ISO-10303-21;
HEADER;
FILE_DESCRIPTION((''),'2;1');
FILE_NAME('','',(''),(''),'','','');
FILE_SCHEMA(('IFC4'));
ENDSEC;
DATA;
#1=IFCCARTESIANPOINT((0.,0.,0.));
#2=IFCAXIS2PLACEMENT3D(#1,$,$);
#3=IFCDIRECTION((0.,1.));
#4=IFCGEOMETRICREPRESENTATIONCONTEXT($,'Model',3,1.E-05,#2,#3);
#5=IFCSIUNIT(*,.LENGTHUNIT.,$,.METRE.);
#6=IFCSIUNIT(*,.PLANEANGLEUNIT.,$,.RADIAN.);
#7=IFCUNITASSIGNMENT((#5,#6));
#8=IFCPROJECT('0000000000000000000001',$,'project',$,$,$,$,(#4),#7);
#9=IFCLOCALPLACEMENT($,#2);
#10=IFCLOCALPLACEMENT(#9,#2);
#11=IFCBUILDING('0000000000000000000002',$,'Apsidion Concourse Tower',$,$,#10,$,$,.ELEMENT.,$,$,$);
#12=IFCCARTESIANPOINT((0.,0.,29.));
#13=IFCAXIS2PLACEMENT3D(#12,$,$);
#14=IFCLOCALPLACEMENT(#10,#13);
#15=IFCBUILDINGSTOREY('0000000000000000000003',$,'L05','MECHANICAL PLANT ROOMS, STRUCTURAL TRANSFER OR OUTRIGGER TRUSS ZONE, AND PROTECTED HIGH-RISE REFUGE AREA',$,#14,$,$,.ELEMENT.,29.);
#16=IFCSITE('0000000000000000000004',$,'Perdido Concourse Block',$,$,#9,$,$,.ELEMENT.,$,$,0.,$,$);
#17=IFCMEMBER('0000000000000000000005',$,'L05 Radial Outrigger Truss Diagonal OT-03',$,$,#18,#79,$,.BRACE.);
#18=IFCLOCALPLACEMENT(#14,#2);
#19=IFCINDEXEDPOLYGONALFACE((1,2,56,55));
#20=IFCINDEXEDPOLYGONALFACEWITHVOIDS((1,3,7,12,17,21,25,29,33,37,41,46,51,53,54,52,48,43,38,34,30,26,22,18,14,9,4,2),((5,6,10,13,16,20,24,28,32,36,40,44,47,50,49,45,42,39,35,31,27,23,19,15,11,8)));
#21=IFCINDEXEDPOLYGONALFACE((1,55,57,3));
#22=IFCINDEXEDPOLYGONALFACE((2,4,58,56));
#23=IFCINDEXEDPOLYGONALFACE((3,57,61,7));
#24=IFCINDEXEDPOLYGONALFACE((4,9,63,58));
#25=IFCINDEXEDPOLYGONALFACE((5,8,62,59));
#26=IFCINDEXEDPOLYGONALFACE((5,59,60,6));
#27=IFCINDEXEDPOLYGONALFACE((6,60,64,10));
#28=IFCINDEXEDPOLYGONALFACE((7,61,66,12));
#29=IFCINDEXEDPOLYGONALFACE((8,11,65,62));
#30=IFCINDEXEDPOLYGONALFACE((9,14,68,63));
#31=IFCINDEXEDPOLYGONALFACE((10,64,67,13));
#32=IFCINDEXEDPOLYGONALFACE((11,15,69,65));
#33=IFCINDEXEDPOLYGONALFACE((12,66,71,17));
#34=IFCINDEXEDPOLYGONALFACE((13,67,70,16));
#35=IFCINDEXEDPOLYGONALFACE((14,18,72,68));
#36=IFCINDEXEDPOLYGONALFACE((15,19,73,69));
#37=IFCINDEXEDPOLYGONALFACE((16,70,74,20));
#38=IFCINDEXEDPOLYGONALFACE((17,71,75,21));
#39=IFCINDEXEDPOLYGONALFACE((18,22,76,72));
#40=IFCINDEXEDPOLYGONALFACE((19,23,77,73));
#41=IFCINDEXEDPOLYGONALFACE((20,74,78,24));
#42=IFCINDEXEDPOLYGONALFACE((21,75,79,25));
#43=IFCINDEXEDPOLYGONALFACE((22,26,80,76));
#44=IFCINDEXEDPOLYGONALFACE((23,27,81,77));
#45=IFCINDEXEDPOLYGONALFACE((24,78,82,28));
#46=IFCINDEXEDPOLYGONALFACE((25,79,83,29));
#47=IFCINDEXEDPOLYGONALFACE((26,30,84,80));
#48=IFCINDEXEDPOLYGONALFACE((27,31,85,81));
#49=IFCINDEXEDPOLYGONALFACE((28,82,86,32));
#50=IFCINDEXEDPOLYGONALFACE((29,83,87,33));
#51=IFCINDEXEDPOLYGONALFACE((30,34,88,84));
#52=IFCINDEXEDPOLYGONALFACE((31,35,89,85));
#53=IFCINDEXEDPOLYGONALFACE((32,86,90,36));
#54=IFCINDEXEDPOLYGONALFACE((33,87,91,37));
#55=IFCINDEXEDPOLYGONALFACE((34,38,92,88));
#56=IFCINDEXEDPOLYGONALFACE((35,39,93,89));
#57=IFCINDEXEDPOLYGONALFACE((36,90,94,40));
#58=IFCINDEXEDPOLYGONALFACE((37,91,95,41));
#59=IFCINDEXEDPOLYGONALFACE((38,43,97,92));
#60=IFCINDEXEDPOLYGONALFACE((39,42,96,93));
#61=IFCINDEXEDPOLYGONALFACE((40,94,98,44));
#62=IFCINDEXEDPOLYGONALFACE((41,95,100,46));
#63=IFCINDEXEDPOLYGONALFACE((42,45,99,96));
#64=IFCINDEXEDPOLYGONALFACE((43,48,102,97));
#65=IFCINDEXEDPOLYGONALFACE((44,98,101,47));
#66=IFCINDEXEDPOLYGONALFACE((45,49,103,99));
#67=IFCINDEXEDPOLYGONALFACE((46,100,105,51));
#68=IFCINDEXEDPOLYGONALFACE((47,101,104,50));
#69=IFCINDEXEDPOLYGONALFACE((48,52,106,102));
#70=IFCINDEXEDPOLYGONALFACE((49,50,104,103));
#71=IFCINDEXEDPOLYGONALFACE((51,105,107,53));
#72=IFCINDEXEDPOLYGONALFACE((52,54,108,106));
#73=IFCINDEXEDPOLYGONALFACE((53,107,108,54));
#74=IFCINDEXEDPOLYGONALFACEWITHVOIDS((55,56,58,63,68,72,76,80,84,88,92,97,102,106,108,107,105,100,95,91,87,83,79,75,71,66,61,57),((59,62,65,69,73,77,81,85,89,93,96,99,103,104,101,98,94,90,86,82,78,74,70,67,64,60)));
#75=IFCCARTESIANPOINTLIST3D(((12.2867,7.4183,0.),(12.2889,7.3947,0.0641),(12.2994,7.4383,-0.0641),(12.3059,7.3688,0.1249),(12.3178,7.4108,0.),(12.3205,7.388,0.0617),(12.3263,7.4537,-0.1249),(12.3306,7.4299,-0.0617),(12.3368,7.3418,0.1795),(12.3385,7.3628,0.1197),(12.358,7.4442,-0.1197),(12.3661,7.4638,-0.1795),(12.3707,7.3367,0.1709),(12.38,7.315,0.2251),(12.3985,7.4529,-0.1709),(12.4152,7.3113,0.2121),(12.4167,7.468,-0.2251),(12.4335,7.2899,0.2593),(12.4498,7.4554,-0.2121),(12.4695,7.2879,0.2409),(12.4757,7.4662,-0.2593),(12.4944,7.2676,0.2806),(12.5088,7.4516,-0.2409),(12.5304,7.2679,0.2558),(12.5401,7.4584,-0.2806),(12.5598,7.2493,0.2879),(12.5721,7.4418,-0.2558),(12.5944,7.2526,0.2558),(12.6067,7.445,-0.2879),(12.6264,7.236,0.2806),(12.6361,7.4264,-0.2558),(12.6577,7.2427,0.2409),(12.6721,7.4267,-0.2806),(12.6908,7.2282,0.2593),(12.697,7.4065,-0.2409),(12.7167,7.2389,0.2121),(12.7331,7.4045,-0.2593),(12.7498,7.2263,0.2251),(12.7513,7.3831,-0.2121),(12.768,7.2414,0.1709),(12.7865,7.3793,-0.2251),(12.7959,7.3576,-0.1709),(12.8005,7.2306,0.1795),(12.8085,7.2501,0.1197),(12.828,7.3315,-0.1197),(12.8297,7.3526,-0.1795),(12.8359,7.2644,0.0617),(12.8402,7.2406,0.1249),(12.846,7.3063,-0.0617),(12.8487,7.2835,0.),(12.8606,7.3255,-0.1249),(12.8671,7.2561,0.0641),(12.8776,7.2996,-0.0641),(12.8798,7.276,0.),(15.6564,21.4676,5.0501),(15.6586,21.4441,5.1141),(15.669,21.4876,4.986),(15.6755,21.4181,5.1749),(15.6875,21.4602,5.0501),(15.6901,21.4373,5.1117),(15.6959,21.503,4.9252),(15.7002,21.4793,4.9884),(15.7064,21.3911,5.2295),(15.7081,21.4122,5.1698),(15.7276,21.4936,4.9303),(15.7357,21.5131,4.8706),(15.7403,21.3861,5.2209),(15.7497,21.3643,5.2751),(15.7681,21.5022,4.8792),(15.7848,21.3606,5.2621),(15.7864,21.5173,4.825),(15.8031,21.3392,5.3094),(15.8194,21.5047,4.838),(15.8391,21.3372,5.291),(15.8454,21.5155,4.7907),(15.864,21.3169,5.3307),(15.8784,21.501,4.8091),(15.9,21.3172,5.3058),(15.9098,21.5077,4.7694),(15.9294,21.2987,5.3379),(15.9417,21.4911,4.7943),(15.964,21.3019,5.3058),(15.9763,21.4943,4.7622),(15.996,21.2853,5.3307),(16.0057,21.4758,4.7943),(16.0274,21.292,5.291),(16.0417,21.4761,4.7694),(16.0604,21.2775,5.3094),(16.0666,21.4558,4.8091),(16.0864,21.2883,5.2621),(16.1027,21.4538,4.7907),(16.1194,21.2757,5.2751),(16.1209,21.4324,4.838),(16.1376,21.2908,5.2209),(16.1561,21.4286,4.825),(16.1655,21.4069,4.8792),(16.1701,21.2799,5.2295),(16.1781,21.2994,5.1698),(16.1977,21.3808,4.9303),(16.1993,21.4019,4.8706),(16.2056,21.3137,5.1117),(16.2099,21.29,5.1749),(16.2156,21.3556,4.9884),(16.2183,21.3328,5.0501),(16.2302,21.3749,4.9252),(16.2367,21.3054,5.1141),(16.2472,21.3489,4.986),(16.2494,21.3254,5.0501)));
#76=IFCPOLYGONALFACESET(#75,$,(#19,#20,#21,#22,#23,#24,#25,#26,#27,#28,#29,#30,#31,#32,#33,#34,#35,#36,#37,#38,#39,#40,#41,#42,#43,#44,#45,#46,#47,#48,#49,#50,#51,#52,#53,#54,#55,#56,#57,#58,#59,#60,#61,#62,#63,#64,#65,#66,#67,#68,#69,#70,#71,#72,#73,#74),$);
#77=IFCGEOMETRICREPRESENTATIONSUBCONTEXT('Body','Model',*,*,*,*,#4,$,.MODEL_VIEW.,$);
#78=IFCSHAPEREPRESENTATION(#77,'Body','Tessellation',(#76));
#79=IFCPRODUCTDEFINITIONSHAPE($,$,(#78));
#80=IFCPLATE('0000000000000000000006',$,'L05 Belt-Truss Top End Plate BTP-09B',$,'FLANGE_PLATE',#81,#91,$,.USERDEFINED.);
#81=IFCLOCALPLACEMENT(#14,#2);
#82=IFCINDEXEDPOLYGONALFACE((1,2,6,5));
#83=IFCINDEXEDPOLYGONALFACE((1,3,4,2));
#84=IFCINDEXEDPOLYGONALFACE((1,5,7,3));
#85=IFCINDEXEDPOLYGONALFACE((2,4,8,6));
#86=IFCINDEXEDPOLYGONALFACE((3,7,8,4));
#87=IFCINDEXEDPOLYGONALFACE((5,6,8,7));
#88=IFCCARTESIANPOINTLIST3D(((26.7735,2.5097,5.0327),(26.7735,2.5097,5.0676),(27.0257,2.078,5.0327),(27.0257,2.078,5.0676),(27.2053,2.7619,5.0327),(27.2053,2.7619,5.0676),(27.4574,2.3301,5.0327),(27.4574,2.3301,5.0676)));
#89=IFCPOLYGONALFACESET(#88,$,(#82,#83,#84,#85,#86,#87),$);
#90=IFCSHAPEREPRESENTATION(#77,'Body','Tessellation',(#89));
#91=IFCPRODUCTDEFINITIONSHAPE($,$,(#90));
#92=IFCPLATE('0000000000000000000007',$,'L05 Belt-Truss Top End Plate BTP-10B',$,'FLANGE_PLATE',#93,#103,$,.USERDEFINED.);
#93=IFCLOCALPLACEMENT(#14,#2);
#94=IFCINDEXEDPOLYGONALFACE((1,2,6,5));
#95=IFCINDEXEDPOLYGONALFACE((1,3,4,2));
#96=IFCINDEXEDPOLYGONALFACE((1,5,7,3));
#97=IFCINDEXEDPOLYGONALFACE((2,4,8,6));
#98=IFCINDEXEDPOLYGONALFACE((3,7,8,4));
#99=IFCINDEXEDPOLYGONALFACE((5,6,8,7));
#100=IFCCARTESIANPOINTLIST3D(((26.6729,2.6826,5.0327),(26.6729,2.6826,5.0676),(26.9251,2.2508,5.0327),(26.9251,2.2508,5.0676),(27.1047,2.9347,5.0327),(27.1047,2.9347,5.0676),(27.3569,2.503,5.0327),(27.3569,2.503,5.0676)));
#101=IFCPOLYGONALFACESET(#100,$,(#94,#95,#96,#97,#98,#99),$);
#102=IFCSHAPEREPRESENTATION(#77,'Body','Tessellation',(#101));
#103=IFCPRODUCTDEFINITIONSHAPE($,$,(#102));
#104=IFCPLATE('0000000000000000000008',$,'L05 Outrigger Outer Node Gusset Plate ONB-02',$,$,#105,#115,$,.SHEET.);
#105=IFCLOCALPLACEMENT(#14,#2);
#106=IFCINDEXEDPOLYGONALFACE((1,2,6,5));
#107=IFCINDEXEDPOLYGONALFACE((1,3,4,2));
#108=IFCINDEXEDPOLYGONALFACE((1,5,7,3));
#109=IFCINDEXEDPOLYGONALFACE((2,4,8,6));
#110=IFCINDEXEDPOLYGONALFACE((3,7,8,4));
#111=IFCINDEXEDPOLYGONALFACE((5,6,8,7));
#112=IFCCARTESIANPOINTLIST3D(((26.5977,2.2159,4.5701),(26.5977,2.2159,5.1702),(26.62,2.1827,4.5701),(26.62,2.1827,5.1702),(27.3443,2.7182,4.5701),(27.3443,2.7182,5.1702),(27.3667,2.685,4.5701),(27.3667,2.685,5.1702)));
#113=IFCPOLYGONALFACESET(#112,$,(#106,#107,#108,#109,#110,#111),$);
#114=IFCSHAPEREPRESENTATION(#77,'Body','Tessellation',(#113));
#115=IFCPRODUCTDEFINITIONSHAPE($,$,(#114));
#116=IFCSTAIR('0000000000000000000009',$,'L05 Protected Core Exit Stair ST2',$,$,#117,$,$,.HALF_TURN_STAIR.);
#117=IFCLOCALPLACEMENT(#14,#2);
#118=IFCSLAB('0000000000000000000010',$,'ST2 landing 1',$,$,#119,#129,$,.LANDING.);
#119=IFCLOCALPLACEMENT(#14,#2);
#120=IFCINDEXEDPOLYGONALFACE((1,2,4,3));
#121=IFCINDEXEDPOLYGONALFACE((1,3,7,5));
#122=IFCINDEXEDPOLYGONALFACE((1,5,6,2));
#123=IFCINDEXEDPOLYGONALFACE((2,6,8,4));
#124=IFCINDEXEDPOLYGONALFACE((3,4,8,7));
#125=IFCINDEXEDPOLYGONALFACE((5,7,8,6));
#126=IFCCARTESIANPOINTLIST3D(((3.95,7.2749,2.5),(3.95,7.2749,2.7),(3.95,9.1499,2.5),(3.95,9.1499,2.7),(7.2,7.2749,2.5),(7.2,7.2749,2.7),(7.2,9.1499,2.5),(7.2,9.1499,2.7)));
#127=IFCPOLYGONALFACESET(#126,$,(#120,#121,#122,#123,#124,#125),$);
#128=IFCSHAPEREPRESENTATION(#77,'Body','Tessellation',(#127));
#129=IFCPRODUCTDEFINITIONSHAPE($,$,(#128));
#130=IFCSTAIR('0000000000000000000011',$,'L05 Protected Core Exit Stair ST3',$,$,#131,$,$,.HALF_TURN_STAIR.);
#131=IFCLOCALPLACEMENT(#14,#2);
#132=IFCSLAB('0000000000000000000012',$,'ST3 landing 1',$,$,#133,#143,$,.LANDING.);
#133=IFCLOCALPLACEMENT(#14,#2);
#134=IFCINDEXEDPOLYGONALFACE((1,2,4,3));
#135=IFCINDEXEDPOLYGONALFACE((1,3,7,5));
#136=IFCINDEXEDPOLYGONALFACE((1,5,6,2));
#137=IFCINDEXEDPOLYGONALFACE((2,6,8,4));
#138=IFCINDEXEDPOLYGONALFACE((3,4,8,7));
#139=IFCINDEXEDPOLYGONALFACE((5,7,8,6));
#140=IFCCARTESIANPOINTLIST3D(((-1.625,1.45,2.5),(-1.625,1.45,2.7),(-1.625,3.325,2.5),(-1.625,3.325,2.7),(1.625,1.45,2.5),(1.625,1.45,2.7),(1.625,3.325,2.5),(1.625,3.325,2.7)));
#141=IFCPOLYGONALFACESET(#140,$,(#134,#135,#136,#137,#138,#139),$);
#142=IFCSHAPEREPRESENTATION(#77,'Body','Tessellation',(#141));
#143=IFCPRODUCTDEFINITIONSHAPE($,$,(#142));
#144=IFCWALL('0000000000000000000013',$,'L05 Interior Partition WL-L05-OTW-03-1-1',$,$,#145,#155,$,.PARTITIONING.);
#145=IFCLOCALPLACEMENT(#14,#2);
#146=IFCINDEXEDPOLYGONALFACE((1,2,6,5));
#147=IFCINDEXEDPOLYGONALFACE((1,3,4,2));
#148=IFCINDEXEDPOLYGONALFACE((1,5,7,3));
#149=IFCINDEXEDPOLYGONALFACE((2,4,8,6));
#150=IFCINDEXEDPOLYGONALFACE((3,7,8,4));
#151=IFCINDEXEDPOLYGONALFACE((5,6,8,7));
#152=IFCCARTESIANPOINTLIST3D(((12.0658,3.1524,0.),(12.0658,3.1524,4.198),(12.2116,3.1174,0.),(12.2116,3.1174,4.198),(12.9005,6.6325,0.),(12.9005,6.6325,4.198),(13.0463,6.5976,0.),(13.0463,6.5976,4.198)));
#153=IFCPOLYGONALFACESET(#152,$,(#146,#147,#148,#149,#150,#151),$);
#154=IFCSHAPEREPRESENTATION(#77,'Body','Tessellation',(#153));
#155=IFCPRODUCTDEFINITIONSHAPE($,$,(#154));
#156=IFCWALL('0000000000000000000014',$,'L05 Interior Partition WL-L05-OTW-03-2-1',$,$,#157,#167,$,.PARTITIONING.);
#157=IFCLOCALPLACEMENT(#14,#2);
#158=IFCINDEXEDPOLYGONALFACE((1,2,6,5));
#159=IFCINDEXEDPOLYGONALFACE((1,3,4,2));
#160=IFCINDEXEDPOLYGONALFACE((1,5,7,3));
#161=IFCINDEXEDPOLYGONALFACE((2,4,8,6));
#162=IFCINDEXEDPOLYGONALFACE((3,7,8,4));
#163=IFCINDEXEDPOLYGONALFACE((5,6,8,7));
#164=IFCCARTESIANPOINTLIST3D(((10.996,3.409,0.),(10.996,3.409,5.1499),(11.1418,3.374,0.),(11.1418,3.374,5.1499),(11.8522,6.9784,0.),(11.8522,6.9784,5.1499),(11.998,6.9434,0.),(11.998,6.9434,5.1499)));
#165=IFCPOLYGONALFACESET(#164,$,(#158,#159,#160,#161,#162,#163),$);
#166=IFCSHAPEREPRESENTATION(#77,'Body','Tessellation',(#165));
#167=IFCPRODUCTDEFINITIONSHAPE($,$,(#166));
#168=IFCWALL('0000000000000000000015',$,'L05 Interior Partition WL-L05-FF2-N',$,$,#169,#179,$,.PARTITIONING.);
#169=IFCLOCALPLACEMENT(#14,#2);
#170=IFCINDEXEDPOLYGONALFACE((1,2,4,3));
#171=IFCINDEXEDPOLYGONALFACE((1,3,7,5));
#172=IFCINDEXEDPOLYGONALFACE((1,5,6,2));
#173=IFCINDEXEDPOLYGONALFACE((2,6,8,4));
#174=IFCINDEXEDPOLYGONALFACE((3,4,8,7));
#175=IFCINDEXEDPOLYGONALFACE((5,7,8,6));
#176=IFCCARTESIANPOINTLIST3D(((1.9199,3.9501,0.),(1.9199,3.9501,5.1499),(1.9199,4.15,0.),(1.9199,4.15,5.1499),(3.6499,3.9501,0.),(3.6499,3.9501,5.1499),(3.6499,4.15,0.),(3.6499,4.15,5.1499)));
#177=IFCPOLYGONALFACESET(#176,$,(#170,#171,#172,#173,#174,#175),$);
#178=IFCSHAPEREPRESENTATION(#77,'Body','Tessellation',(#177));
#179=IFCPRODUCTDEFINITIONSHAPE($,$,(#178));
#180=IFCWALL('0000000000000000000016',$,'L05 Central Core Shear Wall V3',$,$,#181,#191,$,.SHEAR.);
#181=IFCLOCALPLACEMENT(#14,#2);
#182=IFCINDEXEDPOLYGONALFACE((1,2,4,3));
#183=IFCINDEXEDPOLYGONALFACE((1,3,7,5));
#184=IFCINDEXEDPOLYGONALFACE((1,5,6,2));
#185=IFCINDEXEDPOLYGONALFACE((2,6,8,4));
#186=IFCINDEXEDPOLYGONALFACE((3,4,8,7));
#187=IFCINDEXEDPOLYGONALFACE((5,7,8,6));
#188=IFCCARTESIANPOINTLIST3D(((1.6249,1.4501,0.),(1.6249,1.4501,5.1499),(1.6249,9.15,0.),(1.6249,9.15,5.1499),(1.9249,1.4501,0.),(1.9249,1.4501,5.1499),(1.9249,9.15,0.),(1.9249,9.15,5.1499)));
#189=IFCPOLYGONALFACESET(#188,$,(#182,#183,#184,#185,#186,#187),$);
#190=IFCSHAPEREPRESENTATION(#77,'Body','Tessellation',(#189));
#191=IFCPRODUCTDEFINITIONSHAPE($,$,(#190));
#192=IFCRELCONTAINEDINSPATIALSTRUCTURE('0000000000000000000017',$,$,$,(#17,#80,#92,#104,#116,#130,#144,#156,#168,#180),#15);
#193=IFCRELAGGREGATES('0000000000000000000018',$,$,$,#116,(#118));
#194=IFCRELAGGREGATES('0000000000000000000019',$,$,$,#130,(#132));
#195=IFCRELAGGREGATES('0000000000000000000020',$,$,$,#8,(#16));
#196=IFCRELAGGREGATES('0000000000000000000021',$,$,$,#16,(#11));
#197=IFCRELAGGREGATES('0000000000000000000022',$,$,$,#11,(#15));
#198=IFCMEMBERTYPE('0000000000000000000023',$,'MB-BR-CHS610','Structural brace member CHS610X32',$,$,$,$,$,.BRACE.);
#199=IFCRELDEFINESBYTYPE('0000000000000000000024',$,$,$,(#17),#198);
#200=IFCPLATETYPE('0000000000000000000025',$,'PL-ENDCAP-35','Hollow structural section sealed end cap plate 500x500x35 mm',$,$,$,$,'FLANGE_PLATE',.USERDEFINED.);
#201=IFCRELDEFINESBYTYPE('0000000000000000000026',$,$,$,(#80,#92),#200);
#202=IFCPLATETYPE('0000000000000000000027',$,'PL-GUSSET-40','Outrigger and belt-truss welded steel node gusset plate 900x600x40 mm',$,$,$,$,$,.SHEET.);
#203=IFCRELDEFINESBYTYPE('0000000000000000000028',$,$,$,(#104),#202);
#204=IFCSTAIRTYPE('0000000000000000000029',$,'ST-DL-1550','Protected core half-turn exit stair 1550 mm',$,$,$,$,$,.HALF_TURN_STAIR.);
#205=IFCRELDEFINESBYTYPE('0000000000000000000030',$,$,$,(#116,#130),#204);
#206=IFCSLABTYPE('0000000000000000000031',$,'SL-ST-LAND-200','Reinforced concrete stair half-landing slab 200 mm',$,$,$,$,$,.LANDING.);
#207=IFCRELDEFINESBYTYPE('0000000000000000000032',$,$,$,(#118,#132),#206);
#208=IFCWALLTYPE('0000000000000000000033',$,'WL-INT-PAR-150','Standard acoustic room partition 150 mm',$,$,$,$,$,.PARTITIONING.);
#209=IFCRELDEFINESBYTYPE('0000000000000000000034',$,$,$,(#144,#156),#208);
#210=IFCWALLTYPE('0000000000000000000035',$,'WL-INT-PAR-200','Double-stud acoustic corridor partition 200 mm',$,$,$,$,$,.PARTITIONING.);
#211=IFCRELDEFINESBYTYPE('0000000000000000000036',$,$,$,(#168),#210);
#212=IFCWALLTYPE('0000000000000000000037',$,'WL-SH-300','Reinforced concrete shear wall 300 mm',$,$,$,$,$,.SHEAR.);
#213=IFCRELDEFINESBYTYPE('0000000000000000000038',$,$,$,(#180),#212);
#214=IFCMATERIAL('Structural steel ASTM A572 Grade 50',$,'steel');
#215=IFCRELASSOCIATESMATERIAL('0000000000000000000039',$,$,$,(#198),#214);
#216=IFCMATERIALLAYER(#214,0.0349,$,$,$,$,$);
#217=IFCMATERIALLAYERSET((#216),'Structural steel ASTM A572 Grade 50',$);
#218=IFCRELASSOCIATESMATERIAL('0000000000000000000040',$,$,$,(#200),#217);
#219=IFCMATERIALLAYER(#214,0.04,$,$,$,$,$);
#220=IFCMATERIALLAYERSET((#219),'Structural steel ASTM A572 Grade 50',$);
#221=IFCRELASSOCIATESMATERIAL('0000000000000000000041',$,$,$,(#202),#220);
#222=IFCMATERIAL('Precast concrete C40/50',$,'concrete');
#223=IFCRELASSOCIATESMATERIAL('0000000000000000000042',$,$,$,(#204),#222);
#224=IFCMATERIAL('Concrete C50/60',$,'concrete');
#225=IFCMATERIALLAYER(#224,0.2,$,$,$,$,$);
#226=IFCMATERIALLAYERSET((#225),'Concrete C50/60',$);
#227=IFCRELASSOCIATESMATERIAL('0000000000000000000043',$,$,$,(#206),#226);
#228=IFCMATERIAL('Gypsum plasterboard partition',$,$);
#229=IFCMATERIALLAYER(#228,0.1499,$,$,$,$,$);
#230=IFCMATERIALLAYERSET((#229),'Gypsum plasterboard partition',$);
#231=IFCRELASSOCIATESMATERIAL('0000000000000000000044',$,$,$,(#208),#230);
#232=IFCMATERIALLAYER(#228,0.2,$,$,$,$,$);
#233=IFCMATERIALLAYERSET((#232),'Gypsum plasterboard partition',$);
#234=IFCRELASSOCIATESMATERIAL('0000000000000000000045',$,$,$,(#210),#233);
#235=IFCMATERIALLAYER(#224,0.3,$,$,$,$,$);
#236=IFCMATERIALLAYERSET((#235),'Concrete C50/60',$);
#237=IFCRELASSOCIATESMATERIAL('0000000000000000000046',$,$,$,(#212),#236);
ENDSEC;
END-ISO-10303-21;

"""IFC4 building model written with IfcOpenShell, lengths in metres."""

from ifc_helpers import new_model, si_unit, direction, frame, frame_2d, origin, origin_2d, place, context, subcontext, project, spatial, polyline, rectangle, hollow_circle, outline, extrude, material, layer, layer_set, material_profile, profile_set, type_object, element, aggregate, save


model = new_model("IFC4")

# Units and contexts
model_context = context("Model", 3, precision=1e-05, world=origin(), true_north=direction((0.0, 1.0)))
body_context = subcontext(model_context, "Body", "Model", "MODEL_VIEW")
ifc_project = project(units=[si_unit("LENGTHUNIT", "METRE"), si_unit("PLANEANGLEUNIT", "RADIAN")], contexts=[model_context])

# Site, building, storey
site_placement = place(None, origin())
site = spatial("IfcSite", under=ifc_project, at=site_placement, Name="Perdido Concourse Block", CompositionType="ELEMENT", RefElevation=0.0)
building_placement = place(site_placement, origin())
building = spatial("IfcBuilding", under=site, at=building_placement, Name="Apsidion Concourse Tower", CompositionType="ELEMENT")
storey_placement = place(building_placement, frame((0.0, 0.0, 29.0)))
storey = spatial("IfcBuildingStorey", under=building, at=storey_placement, Name="L05", Description="MECHANICAL PLANT ROOMS, STRUCTURAL TRANSFER OR OUTRIGGER TRUSS ZONE, AND PROTECTED HIGH-RISE REFUGE AREA", CompositionType="ELEMENT", Elevation=29.0)

# Shared definitions
ifc_material_1 = material(Name="Structural steel ASTM A572 Grade 50", Category="steel")
ifc_material_2 = material(Name="Concrete C50/60", Category="concrete")

# Member
ifc_material_profile_1 = material_profile(ifc_material_1, hollow_circle(Radius=0.3049, WallThickness=0.032, at=origin_2d()), Name="CHS610X32")
ifc_profile_set_1 = profile_set([ifc_material_profile_1], Name="Structural steel ASTM A572 Grade 50")
member_type = type_object("IfcMemberType", Name="MB-BR-CHS610", Description="Structural brace member CHS610X32", PredefinedType="BRACE", material=ifc_profile_set_1)
member_placement = place(storey_placement, frame((12.5833, 7.3472, 0.0), z_axis=(0.220166, 0.917961, 0.329962), x_axis=(-0.972422, 0.233229, 0.0)))
element("IfcMember", 1, at=member_placement, inside=storey, type_object=member_type, Name="L05 Radial Outrigger Truss Diagonal OT-03", PredefinedType="BRACE", context=body_context, shape_type="SweptSolid", body=[
    extrude(hollow_circle(Radius=0.3049, WallThickness=0.032, at=origin_2d()), origin(), (0.0, 0.0, 1.0), 15.3049),
])

# Plates
ifc_layer_1 = layer(ifc_material_1, 0.0349)
ifc_layer_set_1 = layer_set([ifc_layer_1], Name="Structural steel ASTM A572 Grade 50")
plate_type_1 = type_object("IfcPlateType", Name="PL-ENDCAP-35", Description="Hollow structural section sealed end cap plate 500x500x35 mm", ElementType="FLANGE_PLATE", PredefinedType="USERDEFINED", material=ifc_layer_set_1)
for number, where, z_axis, x_axis, name in (
    (2, (27.1155, 2.4199, 5.0327), (0.0, 0.0, 1.0), (-0.504377, 0.863484, 0.0), "L05 Belt-Truss Top End Plate BTP-09B"),
    (3, (27.0149, 2.5928, 5.0327), (0.0, 0.0, 1.0), (-0.504377, 0.863484, 0.0), "L05 Belt-Truss Top End Plate BTP-10B"),
):
    element("IfcPlate", number, at=place(storey_placement, frame(where, z_axis=z_axis, x_axis=x_axis)), inside=storey, type_object=plate_type_1, Name=name, ObjectType="FLANGE_PLATE", PredefinedType="USERDEFINED", context=body_context, shape_type="SweptSolid", body=[
        extrude(rectangle(XDim=0.5, YDim=0.5, at=origin_2d()), origin(), (0.0, 0.0, 1.0), 0.0349),
    ])
ifc_layer_2 = layer(ifc_material_1, 0.04)
ifc_layer_set_2 = layer_set([ifc_layer_2], Name="Structural steel ASTM A572 Grade 50")
plate_type_2 = type_object("IfcPlateType", Name="PL-GUSSET-40", Description="Outrigger and belt-truss welded steel node gusset plate 900x600x40 mm", PredefinedType="SHEET", material=ifc_layer_set_2)
plate_placement = place(storey_placement, frame((26.9822, 2.4504, 4.5701), z_axis=(0.0, 0.0, 1.0), x_axis=(0.82972, 0.55818, 0.0)))
element("IfcPlate", 4, at=plate_placement, inside=storey, type_object=plate_type_2, Name="L05 Outrigger Outer Node Gusset Plate ONB-02", PredefinedType="SHEET", context=body_context, shape_type="SweptSolid", body=[
    extrude(rectangle(XDim=0.8999, YDim=0.04, at=origin_2d()), origin(), (0.0, 0.0, 1.0), 0.6001),
])

# Stairs, slabs
ifc_material_3 = material(Name="Precast concrete C40/50", Category="concrete")
stair_type = type_object("IfcStairType", Name="ST-DL-1550", Description="Protected core half-turn exit stair 1550 mm", PredefinedType="HALF_TURN_STAIR", material=ifc_material_3)
stair_1_placement = place(storey_placement, origin())
stair_1 = element("IfcStair", 5, at=stair_1_placement, inside=storey, type_object=stair_type, Name="L05 Protected Core Exit Stair ST2", PredefinedType="HALF_TURN_STAIR")
ifc_layer_3 = layer(ifc_material_2, 0.2)
ifc_layer_set_3 = layer_set([ifc_layer_3], Name="Concrete C50/60")
slab_type = type_object("IfcSlabType", Name="SL-ST-LAND-200", Description="Reinforced concrete stair half-landing slab 200 mm", PredefinedType="LANDING", material=ifc_layer_set_3)
slab_1_placement = place(storey_placement, frame((0.0, 0.0, 2.5)))
slab_1 = element("IfcSlab", 6, at=slab_1_placement, type_object=slab_type, Name="ST2 landing 1", PredefinedType="LANDING", context=body_context, shape_type="SweptSolid", body=[
    extrude(outline(polyline([(7.2, 7.2749), (7.2, 9.1499), (3.95, 9.1499), (3.95, 7.2749), (7.2, 7.2749)])), origin(), (0.0, 0.0, 1.0), 0.2),
])
stair_2_placement = place(storey_placement, origin())
stair_2 = element("IfcStair", 7, at=stair_2_placement, inside=storey, type_object=stair_type, Name="L05 Protected Core Exit Stair ST3", PredefinedType="HALF_TURN_STAIR")
slab_2_placement = place(storey_placement, frame((0.0, 0.0, 2.5)))
slab_2 = element("IfcSlab", 8, at=slab_2_placement, type_object=slab_type, Name="ST3 landing 1", PredefinedType="LANDING", context=body_context, shape_type="SweptSolid", body=[
    extrude(outline(polyline([(-1.625, 3.325), (-1.625, 1.45), (1.625, 1.45), (1.625, 3.325), (-1.625, 3.325)])), origin(), (0.0, 0.0, 1.0), 0.2),
])

# Walls
ifc_material_4 = material(Name="Gypsum plasterboard partition")
ifc_layer_4 = layer(ifc_material_4, 0.1499)
ifc_layer_set_4 = layer_set([ifc_layer_4], Name="Gypsum plasterboard partition")
wall_type_1 = type_object("IfcWallType", Name="WL-INT-PAR-150", Description="Standard acoustic room partition 150 mm", PredefinedType="PARTITIONING", material=ifc_layer_set_4)
wall_1_placement = place(storey_placement, frame((12.1387, 3.1348, 0.0), z_axis=(0.0, 0.0, 1.0), x_axis=(0.233231, 0.972421, 0.0)))
element("IfcWall", 9, at=wall_1_placement, inside=storey, type_object=wall_type_1, Name="L05 Interior Partition WL-L05-OTW-03-1-1", PredefinedType="PARTITIONING", context=body_context, shape_type="SweptSolid", body=[
    extrude(rectangle(XDim=3.5789, YDim=0.1499, at=frame_2d((1.7896, 0.0))), origin(), (0.0, 0.0, 1.0), 4.198),
])
wall_2_placement = place(storey_placement, frame((11.0688, 3.3914, 0.0), z_axis=(0.0, 0.0, 1.0), x_axis=(0.23326, 0.972414, 0.0)))
element("IfcWall", 10, at=wall_2_placement, inside=storey, type_object=wall_type_1, Name="L05 Interior Partition WL-L05-OTW-03-2-1", PredefinedType="PARTITIONING", context=body_context, shape_type="SweptSolid", body=[
    extrude(rectangle(XDim=3.6707, YDim=0.1499, at=frame_2d((1.8354, 0.0))), origin(), (0.0, 0.0, 1.0), 5.1499),
])
ifc_layer_5 = layer(ifc_material_4, 0.2)
ifc_layer_set_5 = layer_set([ifc_layer_5], Name="Gypsum plasterboard partition")
wall_type_2 = type_object("IfcWallType", Name="WL-INT-PAR-200", Description="Double-stud acoustic corridor partition 200 mm", PredefinedType="PARTITIONING", material=ifc_layer_set_5)
wall_3_placement = place(storey_placement, frame((1.9199, 4.05, 0.0), z_axis=(0.0, 0.0, 1.0), x_axis=(1.0, 0.0, 0.0)))
element("IfcWall", 11, at=wall_3_placement, inside=storey, type_object=wall_type_2, Name="L05 Interior Partition WL-L05-FF2-N", PredefinedType="PARTITIONING", context=body_context, shape_type="SweptSolid", body=[
    extrude(rectangle(XDim=1.73, YDim=0.2, at=frame_2d((0.865, 0.0))), origin(), (0.0, 0.0, 1.0), 5.1499),
])
ifc_layer_6 = layer(ifc_material_2, 0.3)
ifc_layer_set_6 = layer_set([ifc_layer_6], Name="Concrete C50/60")
wall_type_3 = type_object("IfcWallType", Name="WL-SH-300", Description="Reinforced concrete shear wall 300 mm", PredefinedType="SHEAR", material=ifc_layer_set_6)
for number, where, z_axis, x_axis, name in (
    (12, (1.7749, 1.45, 0.0), (0.0, 0.0, 1.0), (0.0, 1.0, 0.0), "L05 Central Core Shear Wall V3"),
):
    element("IfcWall", number, at=place(storey_placement, frame(where, z_axis=z_axis, x_axis=x_axis)), inside=storey, type_object=wall_type_3, Name=name, PredefinedType="SHEAR", context=body_context, shape_type="SweptSolid", body=[
        extrude(rectangle(XDim=7.7, YDim=0.3, at=frame_2d((3.8501, 0.0))), origin(), (0.0, 0.0, 1.0), 5.1499),
    ])

aggregate(stair_1, [slab_1])
aggregate(stair_2, [slab_2])

save(model, "model.ifc")
